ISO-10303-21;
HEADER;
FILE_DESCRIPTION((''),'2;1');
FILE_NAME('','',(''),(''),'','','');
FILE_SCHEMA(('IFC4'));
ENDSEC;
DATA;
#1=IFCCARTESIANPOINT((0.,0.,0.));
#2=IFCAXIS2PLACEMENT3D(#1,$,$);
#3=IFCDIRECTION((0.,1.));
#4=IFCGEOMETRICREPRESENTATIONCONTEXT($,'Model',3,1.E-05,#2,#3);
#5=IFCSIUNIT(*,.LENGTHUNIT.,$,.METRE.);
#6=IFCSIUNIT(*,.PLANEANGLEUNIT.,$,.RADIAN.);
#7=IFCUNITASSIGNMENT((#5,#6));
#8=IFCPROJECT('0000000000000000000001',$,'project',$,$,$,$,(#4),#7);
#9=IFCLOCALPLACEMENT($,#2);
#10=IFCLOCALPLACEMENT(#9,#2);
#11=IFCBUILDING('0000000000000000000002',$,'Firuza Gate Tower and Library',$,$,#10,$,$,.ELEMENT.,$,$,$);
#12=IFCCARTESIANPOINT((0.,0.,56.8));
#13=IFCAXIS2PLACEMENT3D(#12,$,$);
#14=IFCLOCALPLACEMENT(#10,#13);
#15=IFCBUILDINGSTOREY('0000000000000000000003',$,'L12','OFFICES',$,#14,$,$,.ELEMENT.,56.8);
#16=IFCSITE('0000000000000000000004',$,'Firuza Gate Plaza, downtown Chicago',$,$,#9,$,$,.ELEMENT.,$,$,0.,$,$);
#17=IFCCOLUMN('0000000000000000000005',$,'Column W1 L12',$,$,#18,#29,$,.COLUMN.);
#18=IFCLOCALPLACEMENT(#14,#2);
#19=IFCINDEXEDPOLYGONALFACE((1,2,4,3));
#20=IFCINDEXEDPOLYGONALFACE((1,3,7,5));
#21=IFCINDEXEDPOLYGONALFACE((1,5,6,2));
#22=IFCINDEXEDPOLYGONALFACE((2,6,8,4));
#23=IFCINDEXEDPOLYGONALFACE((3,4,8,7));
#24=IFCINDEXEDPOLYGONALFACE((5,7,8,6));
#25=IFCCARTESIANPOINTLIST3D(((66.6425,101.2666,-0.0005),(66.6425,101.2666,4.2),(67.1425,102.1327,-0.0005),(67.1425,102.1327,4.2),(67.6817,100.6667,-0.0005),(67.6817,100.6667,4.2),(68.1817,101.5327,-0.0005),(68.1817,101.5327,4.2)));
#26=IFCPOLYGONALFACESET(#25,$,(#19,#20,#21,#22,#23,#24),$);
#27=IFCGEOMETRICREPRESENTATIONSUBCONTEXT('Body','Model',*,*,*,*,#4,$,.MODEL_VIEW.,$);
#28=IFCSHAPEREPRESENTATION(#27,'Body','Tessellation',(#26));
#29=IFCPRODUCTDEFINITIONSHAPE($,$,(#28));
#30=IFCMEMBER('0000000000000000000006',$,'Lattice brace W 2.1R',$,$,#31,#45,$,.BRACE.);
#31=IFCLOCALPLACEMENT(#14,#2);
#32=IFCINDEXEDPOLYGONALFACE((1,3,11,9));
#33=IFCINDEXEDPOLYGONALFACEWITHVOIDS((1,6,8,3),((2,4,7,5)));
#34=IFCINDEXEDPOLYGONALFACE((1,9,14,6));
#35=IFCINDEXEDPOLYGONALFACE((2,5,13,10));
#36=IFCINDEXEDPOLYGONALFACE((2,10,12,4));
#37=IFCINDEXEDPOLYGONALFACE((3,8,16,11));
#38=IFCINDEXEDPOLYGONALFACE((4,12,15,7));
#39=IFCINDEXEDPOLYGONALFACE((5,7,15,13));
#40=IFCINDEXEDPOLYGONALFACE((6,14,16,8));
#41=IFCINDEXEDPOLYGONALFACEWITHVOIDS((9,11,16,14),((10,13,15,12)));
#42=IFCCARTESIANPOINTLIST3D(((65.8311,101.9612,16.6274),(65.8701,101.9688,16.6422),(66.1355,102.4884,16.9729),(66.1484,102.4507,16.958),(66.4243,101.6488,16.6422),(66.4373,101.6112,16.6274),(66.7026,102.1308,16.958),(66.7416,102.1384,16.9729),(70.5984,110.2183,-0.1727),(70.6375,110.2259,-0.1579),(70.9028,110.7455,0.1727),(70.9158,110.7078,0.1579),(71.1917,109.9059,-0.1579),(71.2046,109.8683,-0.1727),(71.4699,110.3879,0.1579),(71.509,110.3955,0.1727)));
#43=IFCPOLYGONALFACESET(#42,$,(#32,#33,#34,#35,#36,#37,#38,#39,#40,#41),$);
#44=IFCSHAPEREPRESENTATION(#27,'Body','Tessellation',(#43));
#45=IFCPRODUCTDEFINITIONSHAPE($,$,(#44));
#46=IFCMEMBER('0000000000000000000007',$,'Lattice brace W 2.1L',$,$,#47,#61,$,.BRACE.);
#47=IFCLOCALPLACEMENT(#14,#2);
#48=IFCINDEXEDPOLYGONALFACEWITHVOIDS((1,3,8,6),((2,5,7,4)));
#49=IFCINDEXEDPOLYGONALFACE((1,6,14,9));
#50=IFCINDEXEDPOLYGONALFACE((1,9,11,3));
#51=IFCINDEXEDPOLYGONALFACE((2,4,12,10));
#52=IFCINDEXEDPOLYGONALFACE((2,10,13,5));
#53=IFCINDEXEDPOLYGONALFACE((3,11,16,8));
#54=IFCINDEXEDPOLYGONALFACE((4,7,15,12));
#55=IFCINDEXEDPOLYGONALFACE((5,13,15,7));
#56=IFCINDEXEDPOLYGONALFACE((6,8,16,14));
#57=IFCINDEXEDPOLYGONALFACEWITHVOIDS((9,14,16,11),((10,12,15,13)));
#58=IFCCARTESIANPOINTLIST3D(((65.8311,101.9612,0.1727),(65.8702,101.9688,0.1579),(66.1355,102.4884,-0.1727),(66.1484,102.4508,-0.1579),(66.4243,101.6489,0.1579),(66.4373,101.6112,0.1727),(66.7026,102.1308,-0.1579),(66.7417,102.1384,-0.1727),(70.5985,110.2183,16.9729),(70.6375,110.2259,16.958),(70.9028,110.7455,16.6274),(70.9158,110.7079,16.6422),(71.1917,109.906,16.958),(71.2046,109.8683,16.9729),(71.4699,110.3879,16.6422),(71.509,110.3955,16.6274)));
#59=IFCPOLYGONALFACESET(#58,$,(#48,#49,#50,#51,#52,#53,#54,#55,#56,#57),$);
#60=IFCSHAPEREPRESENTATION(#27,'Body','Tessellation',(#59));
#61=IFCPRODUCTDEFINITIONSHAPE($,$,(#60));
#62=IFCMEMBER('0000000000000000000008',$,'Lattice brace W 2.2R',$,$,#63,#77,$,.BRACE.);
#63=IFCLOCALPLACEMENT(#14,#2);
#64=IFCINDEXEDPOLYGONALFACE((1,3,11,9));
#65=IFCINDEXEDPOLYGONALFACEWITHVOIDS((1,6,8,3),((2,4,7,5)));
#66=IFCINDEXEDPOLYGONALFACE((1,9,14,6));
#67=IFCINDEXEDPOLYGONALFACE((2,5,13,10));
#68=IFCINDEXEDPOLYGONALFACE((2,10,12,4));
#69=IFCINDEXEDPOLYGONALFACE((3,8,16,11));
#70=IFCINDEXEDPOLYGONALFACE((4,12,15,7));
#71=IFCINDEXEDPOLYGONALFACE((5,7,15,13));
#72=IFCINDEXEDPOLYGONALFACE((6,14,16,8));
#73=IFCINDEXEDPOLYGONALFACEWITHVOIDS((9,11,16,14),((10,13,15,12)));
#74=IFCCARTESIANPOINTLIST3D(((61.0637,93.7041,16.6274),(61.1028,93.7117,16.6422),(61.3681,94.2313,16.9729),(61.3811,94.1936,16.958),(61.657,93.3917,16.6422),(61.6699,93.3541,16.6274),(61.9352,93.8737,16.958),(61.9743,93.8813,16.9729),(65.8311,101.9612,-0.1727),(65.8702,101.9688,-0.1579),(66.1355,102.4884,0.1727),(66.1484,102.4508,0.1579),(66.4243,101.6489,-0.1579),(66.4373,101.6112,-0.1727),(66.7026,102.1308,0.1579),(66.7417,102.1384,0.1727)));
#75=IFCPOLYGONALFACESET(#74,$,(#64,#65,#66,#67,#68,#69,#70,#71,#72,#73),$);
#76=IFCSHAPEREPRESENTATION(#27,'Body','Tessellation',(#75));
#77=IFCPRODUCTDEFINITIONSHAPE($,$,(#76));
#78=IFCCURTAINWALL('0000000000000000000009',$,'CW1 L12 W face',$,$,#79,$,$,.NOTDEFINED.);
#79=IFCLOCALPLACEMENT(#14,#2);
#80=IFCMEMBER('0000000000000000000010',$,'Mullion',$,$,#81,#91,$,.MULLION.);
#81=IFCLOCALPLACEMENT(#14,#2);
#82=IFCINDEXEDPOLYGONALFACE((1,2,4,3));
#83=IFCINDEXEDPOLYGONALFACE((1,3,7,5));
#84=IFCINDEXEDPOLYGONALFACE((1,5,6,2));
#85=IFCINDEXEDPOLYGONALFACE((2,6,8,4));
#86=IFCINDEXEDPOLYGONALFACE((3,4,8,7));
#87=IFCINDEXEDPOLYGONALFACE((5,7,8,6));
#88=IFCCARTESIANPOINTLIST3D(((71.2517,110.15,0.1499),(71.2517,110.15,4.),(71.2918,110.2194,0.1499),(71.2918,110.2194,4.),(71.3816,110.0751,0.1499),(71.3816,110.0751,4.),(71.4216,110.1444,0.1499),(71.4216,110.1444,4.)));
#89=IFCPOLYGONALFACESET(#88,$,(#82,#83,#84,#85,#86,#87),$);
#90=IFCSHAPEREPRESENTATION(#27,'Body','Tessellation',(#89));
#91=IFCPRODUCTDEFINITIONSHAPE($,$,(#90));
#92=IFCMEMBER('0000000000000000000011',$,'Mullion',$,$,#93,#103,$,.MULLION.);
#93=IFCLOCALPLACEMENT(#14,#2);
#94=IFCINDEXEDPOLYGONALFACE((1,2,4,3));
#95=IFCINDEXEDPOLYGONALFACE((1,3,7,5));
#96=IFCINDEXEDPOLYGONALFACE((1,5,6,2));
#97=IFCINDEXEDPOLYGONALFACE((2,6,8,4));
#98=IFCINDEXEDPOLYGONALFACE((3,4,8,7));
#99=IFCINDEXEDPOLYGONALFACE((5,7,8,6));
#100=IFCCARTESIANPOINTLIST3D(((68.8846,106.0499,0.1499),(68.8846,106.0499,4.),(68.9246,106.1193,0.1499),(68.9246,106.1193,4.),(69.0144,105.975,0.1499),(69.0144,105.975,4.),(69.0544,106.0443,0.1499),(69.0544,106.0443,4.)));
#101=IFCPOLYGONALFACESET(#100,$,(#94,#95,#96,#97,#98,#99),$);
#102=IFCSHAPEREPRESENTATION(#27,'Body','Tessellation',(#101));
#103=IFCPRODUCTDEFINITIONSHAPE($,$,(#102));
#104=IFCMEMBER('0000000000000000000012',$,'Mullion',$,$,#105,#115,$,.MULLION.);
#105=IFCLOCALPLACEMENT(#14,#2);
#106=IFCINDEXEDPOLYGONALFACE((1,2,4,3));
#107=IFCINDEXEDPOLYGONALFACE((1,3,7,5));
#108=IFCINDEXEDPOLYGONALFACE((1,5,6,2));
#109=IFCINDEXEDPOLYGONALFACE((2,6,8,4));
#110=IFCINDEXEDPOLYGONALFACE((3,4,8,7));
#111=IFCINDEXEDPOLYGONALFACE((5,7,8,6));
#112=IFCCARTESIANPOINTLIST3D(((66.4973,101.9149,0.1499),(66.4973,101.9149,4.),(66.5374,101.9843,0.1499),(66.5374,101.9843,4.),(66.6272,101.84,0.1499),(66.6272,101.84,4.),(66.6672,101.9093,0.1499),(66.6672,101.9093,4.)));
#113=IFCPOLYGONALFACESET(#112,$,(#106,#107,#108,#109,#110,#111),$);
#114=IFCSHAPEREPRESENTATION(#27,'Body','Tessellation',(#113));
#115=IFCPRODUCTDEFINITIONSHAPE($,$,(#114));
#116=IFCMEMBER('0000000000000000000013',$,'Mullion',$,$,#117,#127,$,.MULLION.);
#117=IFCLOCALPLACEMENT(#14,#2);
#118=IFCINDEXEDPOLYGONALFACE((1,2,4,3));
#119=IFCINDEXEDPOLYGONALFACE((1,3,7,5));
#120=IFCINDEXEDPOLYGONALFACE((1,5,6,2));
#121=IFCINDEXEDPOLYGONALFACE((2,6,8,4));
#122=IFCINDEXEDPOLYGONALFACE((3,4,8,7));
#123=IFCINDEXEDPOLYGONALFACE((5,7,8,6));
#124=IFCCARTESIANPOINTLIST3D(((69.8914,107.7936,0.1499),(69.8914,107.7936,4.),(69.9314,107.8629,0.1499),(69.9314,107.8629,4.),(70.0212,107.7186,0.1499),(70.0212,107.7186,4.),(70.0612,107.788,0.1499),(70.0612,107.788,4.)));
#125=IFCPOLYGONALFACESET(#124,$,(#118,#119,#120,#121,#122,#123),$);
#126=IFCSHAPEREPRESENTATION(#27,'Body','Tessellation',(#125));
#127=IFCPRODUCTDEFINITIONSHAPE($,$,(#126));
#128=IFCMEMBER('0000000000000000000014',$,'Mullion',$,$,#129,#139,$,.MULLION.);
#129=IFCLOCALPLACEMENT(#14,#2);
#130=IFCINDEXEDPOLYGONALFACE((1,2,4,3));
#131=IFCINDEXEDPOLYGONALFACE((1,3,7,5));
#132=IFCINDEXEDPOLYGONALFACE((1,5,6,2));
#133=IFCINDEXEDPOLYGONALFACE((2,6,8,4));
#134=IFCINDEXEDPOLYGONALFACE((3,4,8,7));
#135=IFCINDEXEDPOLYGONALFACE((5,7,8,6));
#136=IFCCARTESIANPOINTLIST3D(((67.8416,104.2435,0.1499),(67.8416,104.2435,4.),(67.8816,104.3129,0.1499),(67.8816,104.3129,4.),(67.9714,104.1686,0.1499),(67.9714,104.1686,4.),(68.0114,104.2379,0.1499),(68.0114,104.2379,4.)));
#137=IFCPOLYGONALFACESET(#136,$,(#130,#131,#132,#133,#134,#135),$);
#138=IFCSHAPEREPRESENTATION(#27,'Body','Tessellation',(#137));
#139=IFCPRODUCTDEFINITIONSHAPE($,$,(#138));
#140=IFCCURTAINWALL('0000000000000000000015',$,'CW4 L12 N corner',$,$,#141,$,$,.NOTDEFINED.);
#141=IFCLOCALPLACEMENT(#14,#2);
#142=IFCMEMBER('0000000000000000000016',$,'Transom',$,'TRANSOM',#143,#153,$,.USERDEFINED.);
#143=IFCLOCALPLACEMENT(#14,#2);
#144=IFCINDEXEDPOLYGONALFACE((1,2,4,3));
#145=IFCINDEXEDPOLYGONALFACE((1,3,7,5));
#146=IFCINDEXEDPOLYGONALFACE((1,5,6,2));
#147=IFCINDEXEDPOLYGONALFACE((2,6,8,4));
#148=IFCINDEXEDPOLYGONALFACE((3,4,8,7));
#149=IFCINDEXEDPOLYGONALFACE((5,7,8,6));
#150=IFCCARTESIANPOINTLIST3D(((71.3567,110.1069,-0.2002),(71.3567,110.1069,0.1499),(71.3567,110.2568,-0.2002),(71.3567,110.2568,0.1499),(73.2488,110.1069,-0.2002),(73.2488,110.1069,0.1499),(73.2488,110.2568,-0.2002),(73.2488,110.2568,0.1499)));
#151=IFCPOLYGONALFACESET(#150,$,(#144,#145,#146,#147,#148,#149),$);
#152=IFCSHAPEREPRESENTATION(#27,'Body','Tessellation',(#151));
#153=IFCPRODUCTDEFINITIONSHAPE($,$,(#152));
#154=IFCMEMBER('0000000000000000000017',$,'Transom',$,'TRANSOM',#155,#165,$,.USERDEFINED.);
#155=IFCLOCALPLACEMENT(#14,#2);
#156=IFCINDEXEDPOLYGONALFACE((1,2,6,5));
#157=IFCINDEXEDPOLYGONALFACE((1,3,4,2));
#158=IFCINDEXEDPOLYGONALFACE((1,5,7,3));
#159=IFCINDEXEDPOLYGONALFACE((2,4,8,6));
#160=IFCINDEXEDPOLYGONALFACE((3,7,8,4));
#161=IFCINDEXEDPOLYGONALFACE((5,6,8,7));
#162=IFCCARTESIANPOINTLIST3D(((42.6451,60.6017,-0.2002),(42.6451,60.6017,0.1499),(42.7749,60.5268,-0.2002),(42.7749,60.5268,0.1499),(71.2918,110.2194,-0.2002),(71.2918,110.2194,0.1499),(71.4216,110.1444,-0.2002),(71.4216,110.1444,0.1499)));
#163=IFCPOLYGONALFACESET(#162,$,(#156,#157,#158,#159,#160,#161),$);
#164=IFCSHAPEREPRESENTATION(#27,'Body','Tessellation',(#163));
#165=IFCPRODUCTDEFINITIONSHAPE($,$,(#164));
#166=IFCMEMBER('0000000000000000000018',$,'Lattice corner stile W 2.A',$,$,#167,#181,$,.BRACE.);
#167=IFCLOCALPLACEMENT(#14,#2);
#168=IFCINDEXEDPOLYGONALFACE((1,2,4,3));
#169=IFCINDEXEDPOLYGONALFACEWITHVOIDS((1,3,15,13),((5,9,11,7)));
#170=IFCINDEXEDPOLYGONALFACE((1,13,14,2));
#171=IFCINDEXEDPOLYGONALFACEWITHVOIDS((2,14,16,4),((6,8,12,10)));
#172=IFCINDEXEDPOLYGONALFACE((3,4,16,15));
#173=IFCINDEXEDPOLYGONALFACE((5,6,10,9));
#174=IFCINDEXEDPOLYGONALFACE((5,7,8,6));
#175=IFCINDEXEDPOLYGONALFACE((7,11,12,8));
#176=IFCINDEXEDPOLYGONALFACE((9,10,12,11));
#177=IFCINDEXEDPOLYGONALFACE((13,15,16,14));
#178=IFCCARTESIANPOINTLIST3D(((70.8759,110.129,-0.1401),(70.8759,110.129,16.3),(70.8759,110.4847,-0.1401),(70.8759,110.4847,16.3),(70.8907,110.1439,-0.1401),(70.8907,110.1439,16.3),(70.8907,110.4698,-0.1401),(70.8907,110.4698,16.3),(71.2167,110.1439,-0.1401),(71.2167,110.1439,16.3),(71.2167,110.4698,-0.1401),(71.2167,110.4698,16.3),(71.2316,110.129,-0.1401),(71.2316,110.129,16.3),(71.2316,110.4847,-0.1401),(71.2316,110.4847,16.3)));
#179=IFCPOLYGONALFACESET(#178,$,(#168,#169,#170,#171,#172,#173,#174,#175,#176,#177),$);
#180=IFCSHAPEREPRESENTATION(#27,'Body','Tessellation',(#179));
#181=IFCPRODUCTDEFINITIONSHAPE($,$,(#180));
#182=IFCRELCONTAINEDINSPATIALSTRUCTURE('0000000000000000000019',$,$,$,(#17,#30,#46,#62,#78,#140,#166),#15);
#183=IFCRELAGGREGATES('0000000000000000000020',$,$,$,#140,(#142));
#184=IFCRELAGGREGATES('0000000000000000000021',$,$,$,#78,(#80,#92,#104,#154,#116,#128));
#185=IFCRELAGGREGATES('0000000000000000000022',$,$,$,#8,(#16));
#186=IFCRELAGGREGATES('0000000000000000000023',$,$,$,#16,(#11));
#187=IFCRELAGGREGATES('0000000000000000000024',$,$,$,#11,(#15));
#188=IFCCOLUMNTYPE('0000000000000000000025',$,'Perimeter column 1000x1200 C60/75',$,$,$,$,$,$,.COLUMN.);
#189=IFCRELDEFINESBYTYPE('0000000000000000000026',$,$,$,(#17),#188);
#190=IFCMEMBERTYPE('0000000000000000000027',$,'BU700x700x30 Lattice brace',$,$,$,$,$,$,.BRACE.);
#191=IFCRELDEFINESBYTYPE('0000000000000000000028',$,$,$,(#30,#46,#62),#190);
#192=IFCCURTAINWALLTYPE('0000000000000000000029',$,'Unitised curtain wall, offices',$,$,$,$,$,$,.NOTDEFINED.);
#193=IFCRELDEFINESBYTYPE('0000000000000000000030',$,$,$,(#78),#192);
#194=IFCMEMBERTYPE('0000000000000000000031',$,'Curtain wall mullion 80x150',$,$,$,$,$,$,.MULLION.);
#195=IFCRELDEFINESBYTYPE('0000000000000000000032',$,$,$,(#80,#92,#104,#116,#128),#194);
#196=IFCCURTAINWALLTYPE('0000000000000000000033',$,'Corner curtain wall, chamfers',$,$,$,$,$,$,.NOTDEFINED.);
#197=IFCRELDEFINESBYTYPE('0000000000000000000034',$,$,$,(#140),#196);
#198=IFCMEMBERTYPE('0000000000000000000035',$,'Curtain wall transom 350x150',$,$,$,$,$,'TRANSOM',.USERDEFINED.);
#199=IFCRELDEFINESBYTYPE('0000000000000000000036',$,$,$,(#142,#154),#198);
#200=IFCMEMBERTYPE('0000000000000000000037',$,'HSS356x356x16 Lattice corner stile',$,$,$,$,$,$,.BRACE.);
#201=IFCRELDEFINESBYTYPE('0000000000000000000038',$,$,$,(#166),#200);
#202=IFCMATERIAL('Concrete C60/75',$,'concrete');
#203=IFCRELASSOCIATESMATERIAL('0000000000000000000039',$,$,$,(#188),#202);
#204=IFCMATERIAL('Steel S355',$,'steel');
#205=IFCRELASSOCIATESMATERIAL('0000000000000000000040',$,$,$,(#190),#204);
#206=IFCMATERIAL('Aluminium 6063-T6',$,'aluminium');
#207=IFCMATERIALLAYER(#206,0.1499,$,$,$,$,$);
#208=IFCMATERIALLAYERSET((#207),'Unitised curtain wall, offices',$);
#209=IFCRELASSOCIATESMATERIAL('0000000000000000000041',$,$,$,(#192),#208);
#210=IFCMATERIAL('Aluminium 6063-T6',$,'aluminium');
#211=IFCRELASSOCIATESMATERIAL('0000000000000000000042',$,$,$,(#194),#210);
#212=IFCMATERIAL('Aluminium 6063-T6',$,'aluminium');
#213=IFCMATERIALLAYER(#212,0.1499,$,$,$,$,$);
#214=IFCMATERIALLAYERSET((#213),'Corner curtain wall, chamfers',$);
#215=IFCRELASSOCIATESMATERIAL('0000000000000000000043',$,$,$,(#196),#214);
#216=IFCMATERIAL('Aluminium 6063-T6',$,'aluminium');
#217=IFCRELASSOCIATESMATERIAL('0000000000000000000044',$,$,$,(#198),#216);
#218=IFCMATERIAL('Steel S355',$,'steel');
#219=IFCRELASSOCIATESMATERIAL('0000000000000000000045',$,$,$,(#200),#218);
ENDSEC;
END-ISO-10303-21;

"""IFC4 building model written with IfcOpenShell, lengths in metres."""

from ifc_helpers import new_model, si_unit, direction, frame, origin, origin_2d, place, context, subcontext, project, spatial, rectangle, hollow_rectangle, extrude, material, layer, layer_set, material_profile, profile_set, type_object, element, aggregate, save


model = new_model("IFC4")

# Units and contexts
model_context = context("Model", 3, precision=1e-05, world=origin(), true_north=direction((0.0, 1.0)))
body_context = subcontext(model_context, "Body", "Model", "MODEL_VIEW")
ifc_project = project(units=[si_unit("LENGTHUNIT", "METRE"), si_unit("PLANEANGLEUNIT", "RADIAN")], contexts=[model_context])

# Site, building, storey
site_placement = place(None, origin())
site = spatial("IfcSite", under=ifc_project, at=site_placement, Name="Firuza Gate Plaza, downtown Chicago", CompositionType="ELEMENT", RefElevation=0.0)
building_placement = place(site_placement, origin())
building = spatial("IfcBuilding", under=site, at=building_placement, Name="Firuza Gate Tower and Library", CompositionType="ELEMENT")
storey_placement = place(building_placement, frame((0.0, 0.0, 56.8)))
storey = spatial("IfcBuildingStorey", under=building, at=storey_placement, Name="L12", Description="OFFICES", CompositionType="ELEMENT", Elevation=56.8)

# Column
ifc_material_1 = material(Name="Concrete C60/75", Category="concrete")
ifc_material_profile_1 = material_profile(ifc_material_1, rectangle(XDim=1.0, YDim=1.2, at=origin_2d()))
ifc_profile_set_1 = profile_set([ifc_material_profile_1], Name="Concrete C60/75")
column_type = type_object("IfcColumnType", Name="Perimeter column 1000x1200 C60/75", PredefinedType="COLUMN", material=ifc_profile_set_1)
column_placement = place(storey_placement, frame((67.4121, 101.3997, -0.0005), z_axis=(0.0, 0.0, 1.0), x_axis=(-0.5, -0.866025, 0.0)))
element("IfcColumn", 1, at=column_placement, inside=storey, type_object=column_type, Name="Column W1 L12", PredefinedType="COLUMN", context=body_context, shape_type="SweptSolid", body=[
    extrude(rectangle(XDim=1.0, YDim=1.2, at=origin_2d()), origin(), (0.0, 0.0, 1.0), 4.2004),
])

# Members
ifc_material_2 = material(Name="Steel S355", Category="steel")
ifc_material_profile_2 = material_profile(ifc_material_2, hollow_rectangle(XDim=0.7, YDim=0.7, WallThickness=0.03, at=origin_2d()))
ifc_profile_set_2 = profile_set([ifc_material_profile_2], Name="Steel S355")
member_type_1 = type_object("IfcMemberType", Name="BU700x700x30 Lattice brace", PredefinedType="BRACE", material=ifc_profile_set_2)
for number, where, z_axis, x_axis, name in (
    (2, (71.0537, 110.3069, 0.0), (-0.246794, -0.42745, 0.8697), (0.866021, -0.500008, 0.0), "Lattice brace W 2.1R"),
    (3, (66.2864, 102.0498, 0.0), (0.246794, 0.42745, 0.8697), (-0.866021, 0.500008, 0.0), "Lattice brace W 2.1L"),
    (4, (66.2864, 102.0498, 0.0), (-0.246794, -0.42745, 0.8697), (0.866021, -0.500008, 0.0), "Lattice brace W 2.2R"),
):
    element("IfcMember", number, at=place(storey_placement, frame(where, z_axis=z_axis, x_axis=x_axis)), inside=storey, type_object=member_type_1, Name=name, PredefinedType="BRACE", context=body_context, shape_type="SweptSolid", body=[
        extrude(hollow_rectangle(XDim=0.7, YDim=0.7, WallThickness=0.03, at=origin_2d()), origin(), (0.0, 0.0, 1.0), 19.3171),
    ])

# Curtain wall, members
ifc_material_3 = material(Name="Aluminium 6063-T6", Category="aluminium")
ifc_layer_1 = layer(ifc_material_3, 0.1499)
ifc_layer_set_1 = layer_set([ifc_layer_1], Name="Unitised curtain wall, offices")
curtain_wall_type_1 = type_object("IfcCurtainWallType", Name="Unitised curtain wall, offices", PredefinedType="NOTDEFINED", material=ifc_layer_set_1)
placement = place(storey_placement, origin())
curtain_wall_1 = element("IfcCurtainWall", 5, at=placement, inside=storey, type_object=curtain_wall_type_1, Name="CW1 L12 W face", PredefinedType="NOTDEFINED")
ifc_material_4 = material(Name="Aluminium 6063-T6", Category="aluminium")
ifc_material_profile_3 = material_profile(ifc_material_4, rectangle(XDim=0.1499, YDim=0.0801, at=origin_2d()))
ifc_profile_set_3 = profile_set([ifc_material_profile_3], Name="Aluminium 6063-T6")
member_type_2 = type_object("IfcMemberType", Name="Curtain wall mullion 80x150", PredefinedType="MULLION", material=ifc_profile_set_3)
member_1_placement = place(storey_placement, frame((71.3367, 110.1472, 0.1499), z_axis=(0.0, 0.0, 1.0), x_axis=(0.866025, -0.5, 0.0)))
member_1 = element("IfcMember", 6, at=member_1_placement, type_object=member_type_2, Name="Mullion", PredefinedType="MULLION", context=body_context, shape_type="SweptSolid", body=[
    extrude(rectangle(XDim=0.1499, YDim=0.0801, at=origin_2d()), origin(), (0.0, 0.0, 1.0), 3.8501),
])
member_2_placement = place(storey_placement, frame((68.9695, 106.0471, 0.1499), z_axis=(0.0, 0.0, 1.0), x_axis=(0.866025, -0.5, 0.0)))
member_2 = element("IfcMember", 7, at=member_2_placement, type_object=member_type_2, Name="Mullion", PredefinedType="MULLION", context=body_context, shape_type="SweptSolid", body=[
    extrude(rectangle(XDim=0.1499, YDim=0.0801, at=origin_2d()), origin(), (0.0, 0.0, 1.0), 3.8501),
])
member_3_placement = place(storey_placement, frame((66.5823, 101.9121, 0.1499), z_axis=(0.0, 0.0, 1.0), x_axis=(0.866025, -0.5, 0.0)))
member_3 = element("IfcMember", 8, at=member_3_placement, type_object=member_type_2, Name="Mullion", PredefinedType="MULLION", context=body_context, shape_type="SweptSolid", body=[
    extrude(rectangle(XDim=0.1499, YDim=0.0801, at=origin_2d()), origin(), (0.0, 0.0, 1.0), 3.8501),
])
member_4_placement = place(storey_placement, frame((69.9763, 107.7908, 0.1499), z_axis=(0.0, 0.0, 1.0), x_axis=(0.866025, -0.5, 0.0)))
member_4 = element("IfcMember", 9, at=member_4_placement, type_object=member_type_2, Name="Mullion", PredefinedType="MULLION", context=body_context, shape_type="SweptSolid", body=[
    extrude(rectangle(XDim=0.1499, YDim=0.0801, at=origin_2d()), origin(), (0.0, 0.0, 1.0), 3.8501),
])
member_5_placement = place(storey_placement, frame((67.9265, 104.2407, 0.1499), z_axis=(0.0, 0.0, 1.0), x_axis=(0.866025, -0.5, 0.0)))
member_5 = element("IfcMember", 10, at=member_5_placement, type_object=member_type_2, Name="Mullion", PredefinedType="MULLION", context=body_context, shape_type="SweptSolid", body=[
    extrude(rectangle(XDim=0.1499, YDim=0.0801, at=origin_2d()), origin(), (0.0, 0.0, 1.0), 3.8501),
])

# Curtain wall, member
ifc_material_5 = material(Name="Aluminium 6063-T6", Category="aluminium")
ifc_layer_2 = layer(ifc_material_5, 0.1499)
ifc_layer_set_2 = layer_set([ifc_layer_2], Name="Corner curtain wall, chamfers")
curtain_wall_type_2 = type_object("IfcCurtainWallType", Name="Corner curtain wall, chamfers", PredefinedType="NOTDEFINED", material=ifc_layer_set_2)
curtain_wall_2 = element("IfcCurtainWall", 11, at=placement, inside=storey, type_object=curtain_wall_type_2, Name="CW4 L12 N corner", PredefinedType="NOTDEFINED")
ifc_material_6 = material(Name="Aluminium 6063-T6", Category="aluminium")
ifc_material_profile_4 = material_profile(ifc_material_6, rectangle(XDim=0.1499, YDim=0.3501, at=origin_2d()))
ifc_profile_set_4 = profile_set([ifc_material_profile_4], Name="Aluminium 6063-T6")
member_type_3 = type_object("IfcMemberType", Name="Curtain wall transom 350x150", ElementType="TRANSOM", PredefinedType="USERDEFINED", material=ifc_profile_set_4)
member_6_placement = place(storey_placement, frame((73.2488, 110.1819, -0.0251), z_axis=(-1.0, 0.0, 0.0), x_axis=(0.0, -1.0, 0.0)))
member_6 = element("IfcMember", 12, at=member_6_placement, type_object=member_type_3, Name="Transom", ObjectType="TRANSOM", PredefinedType="USERDEFINED", context=body_context, shape_type="SweptSolid", body=[
    extrude(rectangle(XDim=0.1499, YDim=0.3501, at=origin_2d()), origin(), (0.0, 0.0, 1.0), 1.8921),
])
aggregate(curtain_wall_2, [member_6])

# Member
member_7_placement = place(storey_placement, frame((71.3567, 110.1819, -0.0251), z_axis=(-0.499999, -0.866026, 0.0), x_axis=(0.866026, -0.499999, 0.0)))
member_7 = element("IfcMember", 13, at=member_7_placement, type_object=member_type_3, Name="Transom", ObjectType="TRANSOM", PredefinedType="USERDEFINED", context=body_context, shape_type="SweptSolid", body=[
    extrude(rectangle(XDim=0.1499, YDim=0.3501, at=origin_2d()), origin(), (0.0, 0.0, 1.0), 57.2935),
])

# Member
ifc_material_7 = material(Name="Steel S355", Category="steel")
ifc_material_profile_5 = material_profile(ifc_material_7, hollow_rectangle(XDim=0.3557, YDim=0.3557, WallThickness=0.0149, at=origin_2d()))
ifc_profile_set_5 = profile_set([ifc_material_profile_5], Name="Steel S355")
member_type_4 = type_object("IfcMemberType", Name="HSS356x356x16 Lattice corner stile", PredefinedType="BRACE", material=ifc_profile_set_5)
member_8_placement = place(storey_placement, frame((71.0537, 110.3069, -0.1401), z_axis=(0.0, 0.0, 1.0), x_axis=(1.0, 0.0, 0.0)))
element("IfcMember", 14, at=member_8_placement, inside=storey, type_object=member_type_4, Name="Lattice corner stile W 2.A", PredefinedType="BRACE", context=body_context, shape_type="SweptSolid", body=[
    extrude(hollow_rectangle(XDim=0.3557, YDim=0.3557, WallThickness=0.0149, at=origin_2d()), origin(), (0.0, 0.0, 1.0), 16.4402),
])

aggregate(curtain_wall_1, [member_1, member_2, member_3, member_7, member_4, member_5])

save(model, "model.ifc")
